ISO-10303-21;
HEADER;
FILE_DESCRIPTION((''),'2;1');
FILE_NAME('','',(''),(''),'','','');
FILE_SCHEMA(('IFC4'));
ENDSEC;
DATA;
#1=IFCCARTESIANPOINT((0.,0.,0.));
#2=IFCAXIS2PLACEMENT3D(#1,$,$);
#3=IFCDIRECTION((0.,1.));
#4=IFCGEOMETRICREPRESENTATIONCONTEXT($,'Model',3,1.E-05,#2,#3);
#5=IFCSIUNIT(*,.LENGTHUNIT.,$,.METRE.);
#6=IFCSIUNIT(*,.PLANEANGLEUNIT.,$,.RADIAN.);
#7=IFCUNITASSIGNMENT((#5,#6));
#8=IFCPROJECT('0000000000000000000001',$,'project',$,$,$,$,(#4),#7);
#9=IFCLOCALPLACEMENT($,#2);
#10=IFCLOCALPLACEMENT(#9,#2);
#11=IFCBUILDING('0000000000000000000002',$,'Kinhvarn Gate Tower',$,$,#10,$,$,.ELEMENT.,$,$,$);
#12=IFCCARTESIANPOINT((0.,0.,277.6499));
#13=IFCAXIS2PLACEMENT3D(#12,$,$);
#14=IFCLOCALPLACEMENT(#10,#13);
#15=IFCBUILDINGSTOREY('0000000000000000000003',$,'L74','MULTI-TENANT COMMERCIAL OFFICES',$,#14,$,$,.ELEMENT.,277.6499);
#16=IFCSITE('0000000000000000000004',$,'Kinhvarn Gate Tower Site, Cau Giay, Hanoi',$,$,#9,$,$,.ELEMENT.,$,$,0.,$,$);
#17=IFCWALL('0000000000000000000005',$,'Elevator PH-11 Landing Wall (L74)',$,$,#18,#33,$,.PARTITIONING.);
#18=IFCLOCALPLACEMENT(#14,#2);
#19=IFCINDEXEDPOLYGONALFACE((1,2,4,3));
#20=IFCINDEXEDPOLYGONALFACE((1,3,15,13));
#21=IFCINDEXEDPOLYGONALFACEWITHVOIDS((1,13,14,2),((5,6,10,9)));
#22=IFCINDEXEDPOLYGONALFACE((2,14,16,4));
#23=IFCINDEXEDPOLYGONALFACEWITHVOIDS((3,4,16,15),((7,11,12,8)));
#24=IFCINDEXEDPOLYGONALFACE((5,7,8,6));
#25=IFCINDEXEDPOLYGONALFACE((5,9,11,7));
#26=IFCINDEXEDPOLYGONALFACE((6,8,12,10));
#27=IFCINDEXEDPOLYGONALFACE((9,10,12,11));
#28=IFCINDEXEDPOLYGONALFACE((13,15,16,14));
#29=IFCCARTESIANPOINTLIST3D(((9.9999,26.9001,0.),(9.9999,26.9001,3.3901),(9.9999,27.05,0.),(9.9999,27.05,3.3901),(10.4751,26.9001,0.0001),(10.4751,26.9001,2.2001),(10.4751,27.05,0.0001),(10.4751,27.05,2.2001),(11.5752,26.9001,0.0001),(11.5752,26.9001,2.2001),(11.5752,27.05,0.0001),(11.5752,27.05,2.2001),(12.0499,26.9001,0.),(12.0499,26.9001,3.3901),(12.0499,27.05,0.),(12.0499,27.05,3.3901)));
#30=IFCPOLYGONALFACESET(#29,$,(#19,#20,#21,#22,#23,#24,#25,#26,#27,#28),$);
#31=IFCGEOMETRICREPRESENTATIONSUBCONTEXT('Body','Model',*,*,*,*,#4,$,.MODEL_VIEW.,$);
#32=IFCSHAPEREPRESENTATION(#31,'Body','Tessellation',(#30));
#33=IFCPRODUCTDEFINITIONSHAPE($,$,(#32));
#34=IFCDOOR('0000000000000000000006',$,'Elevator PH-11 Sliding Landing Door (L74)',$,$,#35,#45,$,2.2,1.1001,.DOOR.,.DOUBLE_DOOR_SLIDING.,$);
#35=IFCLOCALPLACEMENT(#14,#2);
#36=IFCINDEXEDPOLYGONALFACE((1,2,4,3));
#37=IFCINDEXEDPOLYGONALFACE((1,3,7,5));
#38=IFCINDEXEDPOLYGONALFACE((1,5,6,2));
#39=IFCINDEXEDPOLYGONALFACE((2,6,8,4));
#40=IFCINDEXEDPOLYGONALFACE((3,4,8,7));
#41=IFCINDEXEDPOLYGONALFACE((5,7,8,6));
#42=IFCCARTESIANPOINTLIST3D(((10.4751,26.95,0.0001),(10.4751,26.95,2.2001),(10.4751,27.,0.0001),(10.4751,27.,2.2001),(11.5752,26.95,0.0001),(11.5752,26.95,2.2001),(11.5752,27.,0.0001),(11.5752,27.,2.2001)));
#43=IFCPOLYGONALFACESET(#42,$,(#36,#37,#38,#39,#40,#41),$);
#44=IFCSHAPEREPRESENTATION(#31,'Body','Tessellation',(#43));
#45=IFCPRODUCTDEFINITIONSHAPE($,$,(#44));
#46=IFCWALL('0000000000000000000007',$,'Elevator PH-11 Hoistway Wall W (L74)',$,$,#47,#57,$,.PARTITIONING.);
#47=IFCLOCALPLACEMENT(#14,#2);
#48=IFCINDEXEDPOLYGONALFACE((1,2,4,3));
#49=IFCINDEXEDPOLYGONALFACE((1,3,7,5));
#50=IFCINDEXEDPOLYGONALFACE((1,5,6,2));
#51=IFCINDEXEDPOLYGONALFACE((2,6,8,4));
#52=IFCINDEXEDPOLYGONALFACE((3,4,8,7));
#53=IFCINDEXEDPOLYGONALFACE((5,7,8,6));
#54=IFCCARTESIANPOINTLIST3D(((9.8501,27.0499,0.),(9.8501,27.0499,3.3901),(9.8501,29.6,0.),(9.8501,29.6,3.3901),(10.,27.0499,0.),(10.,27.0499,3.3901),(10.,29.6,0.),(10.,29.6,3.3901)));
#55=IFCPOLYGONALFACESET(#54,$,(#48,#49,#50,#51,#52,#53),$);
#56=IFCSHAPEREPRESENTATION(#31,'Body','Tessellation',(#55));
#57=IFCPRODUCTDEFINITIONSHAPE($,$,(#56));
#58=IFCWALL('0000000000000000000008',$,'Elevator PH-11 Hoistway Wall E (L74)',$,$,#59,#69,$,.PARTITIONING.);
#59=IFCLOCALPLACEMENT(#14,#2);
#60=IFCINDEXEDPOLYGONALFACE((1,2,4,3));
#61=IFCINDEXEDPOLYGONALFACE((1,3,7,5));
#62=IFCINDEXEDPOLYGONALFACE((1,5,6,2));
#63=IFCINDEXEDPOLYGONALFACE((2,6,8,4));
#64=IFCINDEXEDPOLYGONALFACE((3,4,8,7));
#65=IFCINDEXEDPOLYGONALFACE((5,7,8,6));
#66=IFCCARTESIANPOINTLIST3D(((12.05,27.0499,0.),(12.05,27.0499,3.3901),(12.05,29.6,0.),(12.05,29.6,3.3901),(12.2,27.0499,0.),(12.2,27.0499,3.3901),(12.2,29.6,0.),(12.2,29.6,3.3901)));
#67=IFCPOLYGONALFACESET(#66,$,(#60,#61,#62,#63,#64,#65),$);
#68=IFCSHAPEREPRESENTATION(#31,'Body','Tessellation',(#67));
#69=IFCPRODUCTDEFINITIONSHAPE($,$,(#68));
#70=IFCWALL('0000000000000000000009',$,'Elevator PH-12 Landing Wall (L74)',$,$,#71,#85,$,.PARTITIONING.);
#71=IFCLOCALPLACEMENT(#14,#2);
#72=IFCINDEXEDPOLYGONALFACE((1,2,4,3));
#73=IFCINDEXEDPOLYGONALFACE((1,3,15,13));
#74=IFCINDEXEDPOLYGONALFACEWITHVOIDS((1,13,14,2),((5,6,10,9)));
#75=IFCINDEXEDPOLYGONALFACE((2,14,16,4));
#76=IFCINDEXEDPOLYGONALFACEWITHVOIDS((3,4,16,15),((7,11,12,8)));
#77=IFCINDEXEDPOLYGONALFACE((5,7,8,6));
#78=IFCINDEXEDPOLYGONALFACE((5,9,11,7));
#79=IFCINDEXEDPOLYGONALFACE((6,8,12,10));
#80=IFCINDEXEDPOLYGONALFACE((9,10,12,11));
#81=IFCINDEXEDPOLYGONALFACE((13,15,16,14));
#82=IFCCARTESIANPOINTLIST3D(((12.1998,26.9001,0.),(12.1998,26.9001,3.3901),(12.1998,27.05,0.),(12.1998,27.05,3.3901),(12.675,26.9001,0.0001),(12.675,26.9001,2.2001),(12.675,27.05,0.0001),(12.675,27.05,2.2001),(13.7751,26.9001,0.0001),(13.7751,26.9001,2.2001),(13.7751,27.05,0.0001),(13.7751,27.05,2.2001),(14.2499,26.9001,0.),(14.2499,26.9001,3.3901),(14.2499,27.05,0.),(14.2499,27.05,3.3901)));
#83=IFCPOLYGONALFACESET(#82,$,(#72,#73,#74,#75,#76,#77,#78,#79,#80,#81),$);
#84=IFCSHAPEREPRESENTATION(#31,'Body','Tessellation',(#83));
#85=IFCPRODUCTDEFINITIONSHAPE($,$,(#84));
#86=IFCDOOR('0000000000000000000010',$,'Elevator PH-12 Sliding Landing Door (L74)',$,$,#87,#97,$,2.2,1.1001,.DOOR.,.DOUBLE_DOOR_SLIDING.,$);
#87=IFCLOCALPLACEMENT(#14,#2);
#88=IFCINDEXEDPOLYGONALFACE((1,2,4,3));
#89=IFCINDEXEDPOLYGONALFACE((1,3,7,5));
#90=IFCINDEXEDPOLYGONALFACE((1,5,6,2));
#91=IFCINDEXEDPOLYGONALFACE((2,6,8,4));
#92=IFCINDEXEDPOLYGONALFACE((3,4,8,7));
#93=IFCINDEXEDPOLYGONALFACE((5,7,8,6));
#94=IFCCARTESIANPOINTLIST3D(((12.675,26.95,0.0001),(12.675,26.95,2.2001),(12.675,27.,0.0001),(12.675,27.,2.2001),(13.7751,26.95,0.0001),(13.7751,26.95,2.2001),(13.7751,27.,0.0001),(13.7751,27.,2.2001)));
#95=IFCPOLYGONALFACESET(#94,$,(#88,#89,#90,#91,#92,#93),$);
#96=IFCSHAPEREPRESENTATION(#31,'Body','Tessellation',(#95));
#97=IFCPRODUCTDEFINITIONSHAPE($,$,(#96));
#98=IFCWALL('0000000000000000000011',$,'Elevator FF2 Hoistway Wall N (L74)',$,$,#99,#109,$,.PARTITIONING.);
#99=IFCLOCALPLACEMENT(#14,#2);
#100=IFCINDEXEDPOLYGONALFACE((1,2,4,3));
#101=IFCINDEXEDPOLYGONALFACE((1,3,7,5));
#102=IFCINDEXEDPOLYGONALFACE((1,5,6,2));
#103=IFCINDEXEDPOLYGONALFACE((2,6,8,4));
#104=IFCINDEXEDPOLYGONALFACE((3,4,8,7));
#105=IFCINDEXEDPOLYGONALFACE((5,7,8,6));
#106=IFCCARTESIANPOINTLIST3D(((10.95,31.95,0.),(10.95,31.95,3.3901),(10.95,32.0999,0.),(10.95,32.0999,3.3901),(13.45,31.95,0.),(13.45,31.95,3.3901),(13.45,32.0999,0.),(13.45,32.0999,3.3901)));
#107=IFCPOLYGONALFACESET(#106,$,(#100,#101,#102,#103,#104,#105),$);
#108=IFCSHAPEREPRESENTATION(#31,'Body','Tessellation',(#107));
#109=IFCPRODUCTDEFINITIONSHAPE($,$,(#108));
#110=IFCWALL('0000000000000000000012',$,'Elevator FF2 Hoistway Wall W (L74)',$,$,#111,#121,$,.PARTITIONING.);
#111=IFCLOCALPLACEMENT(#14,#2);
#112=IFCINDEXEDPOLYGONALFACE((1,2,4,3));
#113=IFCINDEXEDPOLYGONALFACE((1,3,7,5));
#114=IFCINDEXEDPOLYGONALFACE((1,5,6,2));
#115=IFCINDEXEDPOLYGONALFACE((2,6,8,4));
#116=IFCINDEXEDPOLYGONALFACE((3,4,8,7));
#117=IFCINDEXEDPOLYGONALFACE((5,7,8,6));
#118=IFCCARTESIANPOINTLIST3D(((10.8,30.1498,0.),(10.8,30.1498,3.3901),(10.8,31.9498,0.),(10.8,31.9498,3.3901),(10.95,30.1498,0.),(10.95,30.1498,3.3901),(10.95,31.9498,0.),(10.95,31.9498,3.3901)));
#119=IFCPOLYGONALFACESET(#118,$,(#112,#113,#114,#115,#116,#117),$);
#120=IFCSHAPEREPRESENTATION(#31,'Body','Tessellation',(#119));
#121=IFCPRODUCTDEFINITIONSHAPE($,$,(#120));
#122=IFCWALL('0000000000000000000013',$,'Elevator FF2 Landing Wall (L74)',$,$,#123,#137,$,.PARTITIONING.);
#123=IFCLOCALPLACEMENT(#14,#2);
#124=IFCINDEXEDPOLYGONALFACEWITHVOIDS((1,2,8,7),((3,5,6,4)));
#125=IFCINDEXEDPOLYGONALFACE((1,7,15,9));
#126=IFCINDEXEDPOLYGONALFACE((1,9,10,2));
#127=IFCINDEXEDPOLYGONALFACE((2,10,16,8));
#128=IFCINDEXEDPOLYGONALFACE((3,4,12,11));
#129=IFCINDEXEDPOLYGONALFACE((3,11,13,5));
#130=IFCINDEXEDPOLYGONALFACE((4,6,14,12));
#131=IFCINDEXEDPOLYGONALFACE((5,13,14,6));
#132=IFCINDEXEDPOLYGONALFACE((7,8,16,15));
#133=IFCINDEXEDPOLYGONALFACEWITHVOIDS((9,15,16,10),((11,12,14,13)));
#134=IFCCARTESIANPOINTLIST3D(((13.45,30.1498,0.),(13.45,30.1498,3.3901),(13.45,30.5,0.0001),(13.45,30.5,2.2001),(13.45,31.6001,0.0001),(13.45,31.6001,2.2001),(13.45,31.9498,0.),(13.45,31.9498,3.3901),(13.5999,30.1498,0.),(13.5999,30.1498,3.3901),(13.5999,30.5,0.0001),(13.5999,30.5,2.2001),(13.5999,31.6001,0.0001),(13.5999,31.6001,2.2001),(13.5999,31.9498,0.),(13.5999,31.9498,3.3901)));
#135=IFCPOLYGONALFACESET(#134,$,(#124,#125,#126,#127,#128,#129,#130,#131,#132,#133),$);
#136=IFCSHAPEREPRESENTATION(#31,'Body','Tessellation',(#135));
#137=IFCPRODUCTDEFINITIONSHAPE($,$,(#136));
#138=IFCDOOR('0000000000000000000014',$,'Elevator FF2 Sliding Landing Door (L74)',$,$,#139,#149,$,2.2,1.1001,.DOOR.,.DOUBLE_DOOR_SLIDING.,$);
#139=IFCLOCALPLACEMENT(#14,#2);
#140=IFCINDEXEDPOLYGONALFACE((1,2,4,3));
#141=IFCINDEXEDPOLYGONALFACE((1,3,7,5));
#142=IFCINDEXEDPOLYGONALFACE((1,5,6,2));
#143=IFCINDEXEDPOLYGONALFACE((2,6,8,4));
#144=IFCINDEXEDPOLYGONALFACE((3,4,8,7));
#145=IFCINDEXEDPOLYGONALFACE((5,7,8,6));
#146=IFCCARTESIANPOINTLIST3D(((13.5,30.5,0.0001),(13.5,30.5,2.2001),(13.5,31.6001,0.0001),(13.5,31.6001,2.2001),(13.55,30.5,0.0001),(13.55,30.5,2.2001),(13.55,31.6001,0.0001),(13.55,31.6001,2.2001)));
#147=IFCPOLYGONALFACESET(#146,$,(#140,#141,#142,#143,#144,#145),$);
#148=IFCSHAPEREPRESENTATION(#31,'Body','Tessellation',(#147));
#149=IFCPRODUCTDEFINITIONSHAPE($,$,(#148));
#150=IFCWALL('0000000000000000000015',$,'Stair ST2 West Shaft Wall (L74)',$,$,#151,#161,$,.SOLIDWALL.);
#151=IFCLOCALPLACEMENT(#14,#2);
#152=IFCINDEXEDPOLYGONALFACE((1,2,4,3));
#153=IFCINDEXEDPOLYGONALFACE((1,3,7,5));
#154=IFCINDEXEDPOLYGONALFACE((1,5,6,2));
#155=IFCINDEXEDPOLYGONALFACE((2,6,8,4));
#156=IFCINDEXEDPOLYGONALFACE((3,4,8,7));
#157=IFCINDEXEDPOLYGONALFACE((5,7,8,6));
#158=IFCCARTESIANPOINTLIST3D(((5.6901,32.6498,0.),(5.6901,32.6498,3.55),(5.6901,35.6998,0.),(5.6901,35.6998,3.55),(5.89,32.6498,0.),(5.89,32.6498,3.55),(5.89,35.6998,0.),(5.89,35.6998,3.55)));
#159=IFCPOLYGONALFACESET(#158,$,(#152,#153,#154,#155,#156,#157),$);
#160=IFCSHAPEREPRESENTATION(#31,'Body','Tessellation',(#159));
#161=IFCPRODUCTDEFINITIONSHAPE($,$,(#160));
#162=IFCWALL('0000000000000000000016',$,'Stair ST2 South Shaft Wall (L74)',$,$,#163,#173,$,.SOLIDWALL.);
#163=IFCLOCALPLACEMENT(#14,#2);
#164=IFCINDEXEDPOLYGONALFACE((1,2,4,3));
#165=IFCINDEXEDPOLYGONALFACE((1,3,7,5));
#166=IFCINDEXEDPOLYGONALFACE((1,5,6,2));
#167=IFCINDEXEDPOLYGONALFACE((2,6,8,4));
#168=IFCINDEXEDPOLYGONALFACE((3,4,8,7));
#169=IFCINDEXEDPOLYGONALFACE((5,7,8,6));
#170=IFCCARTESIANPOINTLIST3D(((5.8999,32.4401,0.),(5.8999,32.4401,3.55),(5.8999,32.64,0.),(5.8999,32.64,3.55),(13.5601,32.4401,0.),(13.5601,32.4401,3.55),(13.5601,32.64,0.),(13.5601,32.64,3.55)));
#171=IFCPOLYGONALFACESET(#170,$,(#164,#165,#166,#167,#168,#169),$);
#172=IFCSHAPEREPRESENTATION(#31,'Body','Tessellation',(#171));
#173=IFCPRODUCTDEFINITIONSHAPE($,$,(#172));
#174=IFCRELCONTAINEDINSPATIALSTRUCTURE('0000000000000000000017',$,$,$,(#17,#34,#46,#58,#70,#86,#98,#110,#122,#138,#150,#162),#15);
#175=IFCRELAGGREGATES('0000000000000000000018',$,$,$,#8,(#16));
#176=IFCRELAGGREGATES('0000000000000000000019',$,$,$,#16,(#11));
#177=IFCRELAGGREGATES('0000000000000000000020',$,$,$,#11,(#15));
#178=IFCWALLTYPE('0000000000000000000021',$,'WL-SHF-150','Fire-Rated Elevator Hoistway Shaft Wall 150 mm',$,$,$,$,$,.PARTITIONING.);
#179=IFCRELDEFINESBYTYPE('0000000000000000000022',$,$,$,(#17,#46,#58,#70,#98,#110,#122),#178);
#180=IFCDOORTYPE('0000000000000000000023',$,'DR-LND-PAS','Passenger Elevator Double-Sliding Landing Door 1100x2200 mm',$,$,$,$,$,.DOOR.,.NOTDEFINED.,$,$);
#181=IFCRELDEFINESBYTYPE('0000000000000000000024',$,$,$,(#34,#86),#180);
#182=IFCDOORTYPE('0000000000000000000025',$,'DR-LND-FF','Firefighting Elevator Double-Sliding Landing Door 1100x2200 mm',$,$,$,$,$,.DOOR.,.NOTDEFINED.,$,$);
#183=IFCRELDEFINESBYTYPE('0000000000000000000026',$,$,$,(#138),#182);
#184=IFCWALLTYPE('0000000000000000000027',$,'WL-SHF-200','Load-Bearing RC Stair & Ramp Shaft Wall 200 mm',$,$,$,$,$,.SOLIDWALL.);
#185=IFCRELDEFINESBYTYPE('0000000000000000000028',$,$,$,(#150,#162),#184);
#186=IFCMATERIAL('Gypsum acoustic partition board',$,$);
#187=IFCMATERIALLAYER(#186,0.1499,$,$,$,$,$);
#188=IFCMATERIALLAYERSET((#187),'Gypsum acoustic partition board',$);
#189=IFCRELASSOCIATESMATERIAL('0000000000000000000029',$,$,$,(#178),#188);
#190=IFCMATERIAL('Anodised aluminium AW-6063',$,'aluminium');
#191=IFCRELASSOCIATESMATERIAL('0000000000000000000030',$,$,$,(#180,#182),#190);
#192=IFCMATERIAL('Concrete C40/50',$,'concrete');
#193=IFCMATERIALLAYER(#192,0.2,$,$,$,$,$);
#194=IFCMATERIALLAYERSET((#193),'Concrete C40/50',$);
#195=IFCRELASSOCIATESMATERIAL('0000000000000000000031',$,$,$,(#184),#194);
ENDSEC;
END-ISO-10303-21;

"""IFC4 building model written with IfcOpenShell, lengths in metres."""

from ifc_helpers import new_model, si_unit, direction, frame, frame_2d, origin, place, context, subcontext, project, spatial, rectangle, extrude, material, layer, layer_set, type_object, element, fill, save


model = new_model("IFC4")

# Units and contexts
model_context = context("Model", 3, precision=1e-05, world=origin(), true_north=direction((0.0, 1.0)))
body_context = subcontext(model_context, "Body", "Model", "MODEL_VIEW")
ifc_project = project(units=[si_unit("LENGTHUNIT", "METRE"), si_unit("PLANEANGLEUNIT", "RADIAN")], contexts=[model_context])

# Site, building, storey
site_placement = place(None, origin())
site = spatial("IfcSite", under=ifc_project, at=site_placement, Name="Kinhvarn Gate Tower Site, Cau Giay, Hanoi", CompositionType="ELEMENT", RefElevation=0.0)
building_placement = place(site_placement, origin())
building = spatial("IfcBuilding", under=site, at=building_placement, Name="Kinhvarn Gate Tower", CompositionType="ELEMENT")
storey_placement = place(building_placement, frame((0.0, 0.0, 277.6499)))
storey = spatial("IfcBuildingStorey", under=building, at=storey_placement, Name="L74", Description="MULTI-TENANT COMMERCIAL OFFICES", CompositionType="ELEMENT", Elevation=277.6499)

# Shared definitions
ifc_material_1 = material(Name="Gypsum acoustic partition board")

# Shared definitions
ifc_material_2 = material(Name="Anodised aluminium AW-6063", Category="aluminium")

# Wall, opening, door
ifc_layer_1 = layer(ifc_material_1, 0.1499)
ifc_layer_set_1 = layer_set([ifc_layer_1], Name="Gypsum acoustic partition board")
wall_type_1 = type_object("IfcWallType", Name="WL-SHF-150", Description="Fire-Rated Elevator Hoistway Shaft Wall 150 mm", PredefinedType="PARTITIONING", material=ifc_layer_set_1)
door_type_1 = type_object("IfcDoorType", Name="DR-LND-PAS", Description="Passenger Elevator Double-Sliding Landing Door 1100x2200 mm", OperationType="NOTDEFINED", PredefinedType="DOOR", material=ifc_material_2)
wall_1_placement = place(storey_placement, frame((10.0, 26.9751, 0.0), z_axis=(0.0, 0.0, 1.0), x_axis=(1.0, 0.0, 0.0)))
wall_1 = element("IfcWall", 1, at=wall_1_placement, inside=storey, type_object=wall_type_1, Name="Elevator PH-11 Landing Wall (L74)", PredefinedType="PARTITIONING", context=body_context, shape_type="SweptSolid", body=[
    extrude(rectangle(XDim=2.05, YDim=0.1499, at=frame_2d((1.0249, 0.0))), origin(), (0.0, 0.0, 1.0), 3.3901),
])
opening_1_placement = place(wall_1_placement, frame((0.4751, 0.0, 0.0)))
opening_1 = element("IfcOpeningElement", 2, at=opening_1_placement, cuts=wall_1, PredefinedType="OPENING", context=body_context, shape_type="SweptSolid", body=[
    extrude(rectangle(XDim=1.1001, YDim=2.2, at=frame_2d((0.55, 1.1001))), frame((0.0, 0.085, 0.0), z_axis=(0.0, -1.0, 0.0), x_axis=(1.0, 0.0, 0.0)), (0.0, 0.0, 1.0), 0.1699),
])
door_1_placement = place(opening_1_placement, origin())
door_1 = element("IfcDoor", 3, at=door_1_placement, inside=storey, type_object=door_type_1, Name="Elevator PH-11 Sliding Landing Door (L74)", OperationType="DOUBLE_DOOR_SLIDING", OverallHeight=2.2, OverallWidth=1.1001, PredefinedType="DOOR", context=body_context, shape_type="SweptSolid", body=[
    extrude(rectangle(XDim=1.1001, YDim=2.2, at=frame_2d((0.55, 1.1001))), frame((0.0, 0.0249, 0.0), z_axis=(0.0, -1.0, 0.0), x_axis=(1.0, 0.0, 0.0)), (0.0, 0.0, 1.0), 0.05),
])
fill(opening_1, door_1)

# Walls
for number, where, z_axis, x_axis, name in (
    (4, (9.925, 27.05, 0.0), (0.0, 0.0, 1.0), (0.0, 1.0, 0.0), "Elevator PH-11 Hoistway Wall W (L74)"),
    (5, (12.125, 27.05, 0.0), (0.0, 0.0, 1.0), (0.0, 1.0, 0.0), "Elevator PH-11 Hoistway Wall E (L74)"),
):
    element("IfcWall", number, at=place(storey_placement, frame(where, z_axis=z_axis, x_axis=x_axis)), inside=storey, type_object=wall_type_1, Name=name, PredefinedType="PARTITIONING", context=body_context, shape_type="SweptSolid", body=[
        extrude(rectangle(XDim=2.55, YDim=0.1499, at=frame_2d((1.2749, 0.0))), origin(), (0.0, 0.0, 1.0), 3.3901),
    ])

# Wall, opening, door
wall_2_placement = place(storey_placement, frame((12.2, 26.9751, 0.0), z_axis=(0.0, 0.0, 1.0), x_axis=(1.0, 0.0, 0.0)))
wall_2 = element("IfcWall", 6, at=wall_2_placement, inside=storey, type_object=wall_type_1, Name="Elevator PH-12 Landing Wall (L74)", PredefinedType="PARTITIONING", context=body_context, shape_type="SweptSolid", body=[
    extrude(rectangle(XDim=2.05, YDim=0.1499, at=frame_2d((1.0249, 0.0))), origin(), (0.0, 0.0, 1.0), 3.3901),
])
opening_2_placement = place(wall_2_placement, frame((0.4751, 0.0, 0.0)))
opening_2 = element("IfcOpeningElement", 7, at=opening_2_placement, cuts=wall_2, PredefinedType="OPENING", context=body_context, shape_type="SweptSolid", body=[
    extrude(rectangle(XDim=1.1001, YDim=2.2, at=frame_2d((0.55, 1.1001))), frame((0.0, 0.085, 0.0), z_axis=(0.0, -1.0, 0.0), x_axis=(1.0, 0.0, 0.0)), (0.0, 0.0, 1.0), 0.1699),
])
door_2_placement = place(opening_2_placement, origin())
door_2 = element("IfcDoor", 8, at=door_2_placement, inside=storey, type_object=door_type_1, Name="Elevator PH-12 Sliding Landing Door (L74)", OperationType="DOUBLE_DOOR_SLIDING", OverallHeight=2.2, OverallWidth=1.1001, PredefinedType="DOOR", context=body_context, shape_type="SweptSolid", body=[
    extrude(rectangle(XDim=1.1001, YDim=2.2, at=frame_2d((0.55, 1.1001))), frame((0.0, 0.0249, 0.0), z_axis=(0.0, -1.0, 0.0), x_axis=(1.0, 0.0, 0.0)), (0.0, 0.0, 1.0), 0.05),
])
fill(opening_2, door_2)

# Walls
wall_3_placement = place(storey_placement, frame((10.95, 32.0249, 0.0), z_axis=(0.0, 0.0, 1.0), x_axis=(1.0, 0.0, 0.0)))
element("IfcWall", 9, at=wall_3_placement, inside=storey, type_object=wall_type_1, Name="Elevator FF2 Hoistway Wall N (L74)", PredefinedType="PARTITIONING", context=body_context, shape_type="SweptSolid", body=[
    extrude(rectangle(XDim=2.5, YDim=0.1499, at=frame_2d((1.25, 0.0))), origin(), (0.0, 0.0, 1.0), 3.3901),
])
wall_4_placement = place(storey_placement, frame((10.875, 30.1499, 0.0), z_axis=(0.0, 0.0, 1.0), x_axis=(0.0, 1.0, 0.0)))
element("IfcWall", 10, at=wall_4_placement, inside=storey, type_object=wall_type_1, Name="Elevator FF2 Hoistway Wall W (L74)", PredefinedType="PARTITIONING", context=body_context, shape_type="SweptSolid", body=[
    extrude(rectangle(XDim=1.8, YDim=0.1499, at=frame_2d((0.8999, 0.0))), origin(), (0.0, 0.0, 1.0), 3.3901),
])

# Wall, opening, door
wall_5_placement = place(storey_placement, frame((13.5249, 30.1499, 0.0), z_axis=(0.0, 0.0, 1.0), x_axis=(0.0, 1.0, 0.0)))
wall_5 = element("IfcWall", 11, at=wall_5_placement, inside=storey, type_object=wall_type_1, Name="Elevator FF2 Landing Wall (L74)", PredefinedType="PARTITIONING", context=body_context, shape_type="SweptSolid", body=[
    extrude(rectangle(XDim=1.8, YDim=0.1499, at=frame_2d((0.8999, 0.0))), origin(), (0.0, 0.0, 1.0), 3.3901),
])
opening_3_placement = place(wall_5_placement, frame((0.3501, 0.0, 0.0)))
opening_3 = element("IfcOpeningElement", 12, at=opening_3_placement, cuts=wall_5, PredefinedType="OPENING", context=body_context, shape_type="SweptSolid", body=[
    extrude(rectangle(XDim=1.1001, YDim=2.2, at=frame_2d((0.55, 1.1001))), frame((0.0, 0.085, 0.0), z_axis=(0.0, -1.0, 0.0), x_axis=(1.0, 0.0, 0.0)), (0.0, 0.0, 1.0), 0.1699),
])
door_type_2 = type_object("IfcDoorType", Name="DR-LND-FF", Description="Firefighting Elevator Double-Sliding Landing Door 1100x2200 mm", OperationType="NOTDEFINED", PredefinedType="DOOR", material=ifc_material_2)
door_3_placement = place(opening_3_placement, origin())
door_3 = element("IfcDoor", 13, at=door_3_placement, inside=storey, type_object=door_type_2, Name="Elevator FF2 Sliding Landing Door (L74)", OperationType="DOUBLE_DOOR_SLIDING", OverallHeight=2.2, OverallWidth=1.1001, PredefinedType="DOOR", context=body_context, shape_type="SweptSolid", body=[
    extrude(rectangle(XDim=1.1001, YDim=2.2, at=frame_2d((0.55, 1.1001))), frame((0.0, 0.0249, 0.0), z_axis=(0.0, -1.0, 0.0), x_axis=(1.0, 0.0, 0.0)), (0.0, 0.0, 1.0), 0.05),
])
fill(opening_3, door_3)

# Walls
ifc_material_3 = material(Name="Concrete C40/50", Category="concrete")
ifc_layer_2 = layer(ifc_material_3, 0.2)
ifc_layer_set_2 = layer_set([ifc_layer_2], Name="Concrete C40/50")
wall_type_2 = type_object("IfcWallType", Name="WL-SHF-200", Description="Load-Bearing RC Stair & Ramp Shaft Wall 200 mm", PredefinedType="SOLIDWALL", material=ifc_layer_set_2)
wall_6_placement = place(storey_placement, frame((5.79, 32.6499, 0.0), z_axis=(0.0, 0.0, 1.0), x_axis=(0.0, 1.0, 0.0)))
element("IfcWall", 14, at=wall_6_placement, inside=storey, type_object=wall_type_2, Name="Stair ST2 West Shaft Wall (L74)", PredefinedType="SOLIDWALL", context=body_context, shape_type="SweptSolid", body=[
    extrude(rectangle(XDim=3.05, YDim=0.2, at=frame_2d((1.5249, 0.0))), origin(), (0.0, 0.0, 1.0), 3.55),
])
wall_7_placement = place(storey_placement, frame((5.8999, 32.54, 0.0), z_axis=(0.0, 0.0, 1.0), x_axis=(1.0, 0.0, 0.0)))
element("IfcWall", 15, at=wall_7_placement, inside=storey, type_object=wall_type_2, Name="Stair ST2 South Shaft Wall (L74)", PredefinedType="SOLIDWALL", context=body_context, shape_type="SweptSolid", body=[
    extrude(rectangle(XDim=7.6602, YDim=0.2, at=frame_2d((3.8301, 0.0))), origin(), (0.0, 0.0, 1.0), 3.55),
])

save(model, "model.ifc")
